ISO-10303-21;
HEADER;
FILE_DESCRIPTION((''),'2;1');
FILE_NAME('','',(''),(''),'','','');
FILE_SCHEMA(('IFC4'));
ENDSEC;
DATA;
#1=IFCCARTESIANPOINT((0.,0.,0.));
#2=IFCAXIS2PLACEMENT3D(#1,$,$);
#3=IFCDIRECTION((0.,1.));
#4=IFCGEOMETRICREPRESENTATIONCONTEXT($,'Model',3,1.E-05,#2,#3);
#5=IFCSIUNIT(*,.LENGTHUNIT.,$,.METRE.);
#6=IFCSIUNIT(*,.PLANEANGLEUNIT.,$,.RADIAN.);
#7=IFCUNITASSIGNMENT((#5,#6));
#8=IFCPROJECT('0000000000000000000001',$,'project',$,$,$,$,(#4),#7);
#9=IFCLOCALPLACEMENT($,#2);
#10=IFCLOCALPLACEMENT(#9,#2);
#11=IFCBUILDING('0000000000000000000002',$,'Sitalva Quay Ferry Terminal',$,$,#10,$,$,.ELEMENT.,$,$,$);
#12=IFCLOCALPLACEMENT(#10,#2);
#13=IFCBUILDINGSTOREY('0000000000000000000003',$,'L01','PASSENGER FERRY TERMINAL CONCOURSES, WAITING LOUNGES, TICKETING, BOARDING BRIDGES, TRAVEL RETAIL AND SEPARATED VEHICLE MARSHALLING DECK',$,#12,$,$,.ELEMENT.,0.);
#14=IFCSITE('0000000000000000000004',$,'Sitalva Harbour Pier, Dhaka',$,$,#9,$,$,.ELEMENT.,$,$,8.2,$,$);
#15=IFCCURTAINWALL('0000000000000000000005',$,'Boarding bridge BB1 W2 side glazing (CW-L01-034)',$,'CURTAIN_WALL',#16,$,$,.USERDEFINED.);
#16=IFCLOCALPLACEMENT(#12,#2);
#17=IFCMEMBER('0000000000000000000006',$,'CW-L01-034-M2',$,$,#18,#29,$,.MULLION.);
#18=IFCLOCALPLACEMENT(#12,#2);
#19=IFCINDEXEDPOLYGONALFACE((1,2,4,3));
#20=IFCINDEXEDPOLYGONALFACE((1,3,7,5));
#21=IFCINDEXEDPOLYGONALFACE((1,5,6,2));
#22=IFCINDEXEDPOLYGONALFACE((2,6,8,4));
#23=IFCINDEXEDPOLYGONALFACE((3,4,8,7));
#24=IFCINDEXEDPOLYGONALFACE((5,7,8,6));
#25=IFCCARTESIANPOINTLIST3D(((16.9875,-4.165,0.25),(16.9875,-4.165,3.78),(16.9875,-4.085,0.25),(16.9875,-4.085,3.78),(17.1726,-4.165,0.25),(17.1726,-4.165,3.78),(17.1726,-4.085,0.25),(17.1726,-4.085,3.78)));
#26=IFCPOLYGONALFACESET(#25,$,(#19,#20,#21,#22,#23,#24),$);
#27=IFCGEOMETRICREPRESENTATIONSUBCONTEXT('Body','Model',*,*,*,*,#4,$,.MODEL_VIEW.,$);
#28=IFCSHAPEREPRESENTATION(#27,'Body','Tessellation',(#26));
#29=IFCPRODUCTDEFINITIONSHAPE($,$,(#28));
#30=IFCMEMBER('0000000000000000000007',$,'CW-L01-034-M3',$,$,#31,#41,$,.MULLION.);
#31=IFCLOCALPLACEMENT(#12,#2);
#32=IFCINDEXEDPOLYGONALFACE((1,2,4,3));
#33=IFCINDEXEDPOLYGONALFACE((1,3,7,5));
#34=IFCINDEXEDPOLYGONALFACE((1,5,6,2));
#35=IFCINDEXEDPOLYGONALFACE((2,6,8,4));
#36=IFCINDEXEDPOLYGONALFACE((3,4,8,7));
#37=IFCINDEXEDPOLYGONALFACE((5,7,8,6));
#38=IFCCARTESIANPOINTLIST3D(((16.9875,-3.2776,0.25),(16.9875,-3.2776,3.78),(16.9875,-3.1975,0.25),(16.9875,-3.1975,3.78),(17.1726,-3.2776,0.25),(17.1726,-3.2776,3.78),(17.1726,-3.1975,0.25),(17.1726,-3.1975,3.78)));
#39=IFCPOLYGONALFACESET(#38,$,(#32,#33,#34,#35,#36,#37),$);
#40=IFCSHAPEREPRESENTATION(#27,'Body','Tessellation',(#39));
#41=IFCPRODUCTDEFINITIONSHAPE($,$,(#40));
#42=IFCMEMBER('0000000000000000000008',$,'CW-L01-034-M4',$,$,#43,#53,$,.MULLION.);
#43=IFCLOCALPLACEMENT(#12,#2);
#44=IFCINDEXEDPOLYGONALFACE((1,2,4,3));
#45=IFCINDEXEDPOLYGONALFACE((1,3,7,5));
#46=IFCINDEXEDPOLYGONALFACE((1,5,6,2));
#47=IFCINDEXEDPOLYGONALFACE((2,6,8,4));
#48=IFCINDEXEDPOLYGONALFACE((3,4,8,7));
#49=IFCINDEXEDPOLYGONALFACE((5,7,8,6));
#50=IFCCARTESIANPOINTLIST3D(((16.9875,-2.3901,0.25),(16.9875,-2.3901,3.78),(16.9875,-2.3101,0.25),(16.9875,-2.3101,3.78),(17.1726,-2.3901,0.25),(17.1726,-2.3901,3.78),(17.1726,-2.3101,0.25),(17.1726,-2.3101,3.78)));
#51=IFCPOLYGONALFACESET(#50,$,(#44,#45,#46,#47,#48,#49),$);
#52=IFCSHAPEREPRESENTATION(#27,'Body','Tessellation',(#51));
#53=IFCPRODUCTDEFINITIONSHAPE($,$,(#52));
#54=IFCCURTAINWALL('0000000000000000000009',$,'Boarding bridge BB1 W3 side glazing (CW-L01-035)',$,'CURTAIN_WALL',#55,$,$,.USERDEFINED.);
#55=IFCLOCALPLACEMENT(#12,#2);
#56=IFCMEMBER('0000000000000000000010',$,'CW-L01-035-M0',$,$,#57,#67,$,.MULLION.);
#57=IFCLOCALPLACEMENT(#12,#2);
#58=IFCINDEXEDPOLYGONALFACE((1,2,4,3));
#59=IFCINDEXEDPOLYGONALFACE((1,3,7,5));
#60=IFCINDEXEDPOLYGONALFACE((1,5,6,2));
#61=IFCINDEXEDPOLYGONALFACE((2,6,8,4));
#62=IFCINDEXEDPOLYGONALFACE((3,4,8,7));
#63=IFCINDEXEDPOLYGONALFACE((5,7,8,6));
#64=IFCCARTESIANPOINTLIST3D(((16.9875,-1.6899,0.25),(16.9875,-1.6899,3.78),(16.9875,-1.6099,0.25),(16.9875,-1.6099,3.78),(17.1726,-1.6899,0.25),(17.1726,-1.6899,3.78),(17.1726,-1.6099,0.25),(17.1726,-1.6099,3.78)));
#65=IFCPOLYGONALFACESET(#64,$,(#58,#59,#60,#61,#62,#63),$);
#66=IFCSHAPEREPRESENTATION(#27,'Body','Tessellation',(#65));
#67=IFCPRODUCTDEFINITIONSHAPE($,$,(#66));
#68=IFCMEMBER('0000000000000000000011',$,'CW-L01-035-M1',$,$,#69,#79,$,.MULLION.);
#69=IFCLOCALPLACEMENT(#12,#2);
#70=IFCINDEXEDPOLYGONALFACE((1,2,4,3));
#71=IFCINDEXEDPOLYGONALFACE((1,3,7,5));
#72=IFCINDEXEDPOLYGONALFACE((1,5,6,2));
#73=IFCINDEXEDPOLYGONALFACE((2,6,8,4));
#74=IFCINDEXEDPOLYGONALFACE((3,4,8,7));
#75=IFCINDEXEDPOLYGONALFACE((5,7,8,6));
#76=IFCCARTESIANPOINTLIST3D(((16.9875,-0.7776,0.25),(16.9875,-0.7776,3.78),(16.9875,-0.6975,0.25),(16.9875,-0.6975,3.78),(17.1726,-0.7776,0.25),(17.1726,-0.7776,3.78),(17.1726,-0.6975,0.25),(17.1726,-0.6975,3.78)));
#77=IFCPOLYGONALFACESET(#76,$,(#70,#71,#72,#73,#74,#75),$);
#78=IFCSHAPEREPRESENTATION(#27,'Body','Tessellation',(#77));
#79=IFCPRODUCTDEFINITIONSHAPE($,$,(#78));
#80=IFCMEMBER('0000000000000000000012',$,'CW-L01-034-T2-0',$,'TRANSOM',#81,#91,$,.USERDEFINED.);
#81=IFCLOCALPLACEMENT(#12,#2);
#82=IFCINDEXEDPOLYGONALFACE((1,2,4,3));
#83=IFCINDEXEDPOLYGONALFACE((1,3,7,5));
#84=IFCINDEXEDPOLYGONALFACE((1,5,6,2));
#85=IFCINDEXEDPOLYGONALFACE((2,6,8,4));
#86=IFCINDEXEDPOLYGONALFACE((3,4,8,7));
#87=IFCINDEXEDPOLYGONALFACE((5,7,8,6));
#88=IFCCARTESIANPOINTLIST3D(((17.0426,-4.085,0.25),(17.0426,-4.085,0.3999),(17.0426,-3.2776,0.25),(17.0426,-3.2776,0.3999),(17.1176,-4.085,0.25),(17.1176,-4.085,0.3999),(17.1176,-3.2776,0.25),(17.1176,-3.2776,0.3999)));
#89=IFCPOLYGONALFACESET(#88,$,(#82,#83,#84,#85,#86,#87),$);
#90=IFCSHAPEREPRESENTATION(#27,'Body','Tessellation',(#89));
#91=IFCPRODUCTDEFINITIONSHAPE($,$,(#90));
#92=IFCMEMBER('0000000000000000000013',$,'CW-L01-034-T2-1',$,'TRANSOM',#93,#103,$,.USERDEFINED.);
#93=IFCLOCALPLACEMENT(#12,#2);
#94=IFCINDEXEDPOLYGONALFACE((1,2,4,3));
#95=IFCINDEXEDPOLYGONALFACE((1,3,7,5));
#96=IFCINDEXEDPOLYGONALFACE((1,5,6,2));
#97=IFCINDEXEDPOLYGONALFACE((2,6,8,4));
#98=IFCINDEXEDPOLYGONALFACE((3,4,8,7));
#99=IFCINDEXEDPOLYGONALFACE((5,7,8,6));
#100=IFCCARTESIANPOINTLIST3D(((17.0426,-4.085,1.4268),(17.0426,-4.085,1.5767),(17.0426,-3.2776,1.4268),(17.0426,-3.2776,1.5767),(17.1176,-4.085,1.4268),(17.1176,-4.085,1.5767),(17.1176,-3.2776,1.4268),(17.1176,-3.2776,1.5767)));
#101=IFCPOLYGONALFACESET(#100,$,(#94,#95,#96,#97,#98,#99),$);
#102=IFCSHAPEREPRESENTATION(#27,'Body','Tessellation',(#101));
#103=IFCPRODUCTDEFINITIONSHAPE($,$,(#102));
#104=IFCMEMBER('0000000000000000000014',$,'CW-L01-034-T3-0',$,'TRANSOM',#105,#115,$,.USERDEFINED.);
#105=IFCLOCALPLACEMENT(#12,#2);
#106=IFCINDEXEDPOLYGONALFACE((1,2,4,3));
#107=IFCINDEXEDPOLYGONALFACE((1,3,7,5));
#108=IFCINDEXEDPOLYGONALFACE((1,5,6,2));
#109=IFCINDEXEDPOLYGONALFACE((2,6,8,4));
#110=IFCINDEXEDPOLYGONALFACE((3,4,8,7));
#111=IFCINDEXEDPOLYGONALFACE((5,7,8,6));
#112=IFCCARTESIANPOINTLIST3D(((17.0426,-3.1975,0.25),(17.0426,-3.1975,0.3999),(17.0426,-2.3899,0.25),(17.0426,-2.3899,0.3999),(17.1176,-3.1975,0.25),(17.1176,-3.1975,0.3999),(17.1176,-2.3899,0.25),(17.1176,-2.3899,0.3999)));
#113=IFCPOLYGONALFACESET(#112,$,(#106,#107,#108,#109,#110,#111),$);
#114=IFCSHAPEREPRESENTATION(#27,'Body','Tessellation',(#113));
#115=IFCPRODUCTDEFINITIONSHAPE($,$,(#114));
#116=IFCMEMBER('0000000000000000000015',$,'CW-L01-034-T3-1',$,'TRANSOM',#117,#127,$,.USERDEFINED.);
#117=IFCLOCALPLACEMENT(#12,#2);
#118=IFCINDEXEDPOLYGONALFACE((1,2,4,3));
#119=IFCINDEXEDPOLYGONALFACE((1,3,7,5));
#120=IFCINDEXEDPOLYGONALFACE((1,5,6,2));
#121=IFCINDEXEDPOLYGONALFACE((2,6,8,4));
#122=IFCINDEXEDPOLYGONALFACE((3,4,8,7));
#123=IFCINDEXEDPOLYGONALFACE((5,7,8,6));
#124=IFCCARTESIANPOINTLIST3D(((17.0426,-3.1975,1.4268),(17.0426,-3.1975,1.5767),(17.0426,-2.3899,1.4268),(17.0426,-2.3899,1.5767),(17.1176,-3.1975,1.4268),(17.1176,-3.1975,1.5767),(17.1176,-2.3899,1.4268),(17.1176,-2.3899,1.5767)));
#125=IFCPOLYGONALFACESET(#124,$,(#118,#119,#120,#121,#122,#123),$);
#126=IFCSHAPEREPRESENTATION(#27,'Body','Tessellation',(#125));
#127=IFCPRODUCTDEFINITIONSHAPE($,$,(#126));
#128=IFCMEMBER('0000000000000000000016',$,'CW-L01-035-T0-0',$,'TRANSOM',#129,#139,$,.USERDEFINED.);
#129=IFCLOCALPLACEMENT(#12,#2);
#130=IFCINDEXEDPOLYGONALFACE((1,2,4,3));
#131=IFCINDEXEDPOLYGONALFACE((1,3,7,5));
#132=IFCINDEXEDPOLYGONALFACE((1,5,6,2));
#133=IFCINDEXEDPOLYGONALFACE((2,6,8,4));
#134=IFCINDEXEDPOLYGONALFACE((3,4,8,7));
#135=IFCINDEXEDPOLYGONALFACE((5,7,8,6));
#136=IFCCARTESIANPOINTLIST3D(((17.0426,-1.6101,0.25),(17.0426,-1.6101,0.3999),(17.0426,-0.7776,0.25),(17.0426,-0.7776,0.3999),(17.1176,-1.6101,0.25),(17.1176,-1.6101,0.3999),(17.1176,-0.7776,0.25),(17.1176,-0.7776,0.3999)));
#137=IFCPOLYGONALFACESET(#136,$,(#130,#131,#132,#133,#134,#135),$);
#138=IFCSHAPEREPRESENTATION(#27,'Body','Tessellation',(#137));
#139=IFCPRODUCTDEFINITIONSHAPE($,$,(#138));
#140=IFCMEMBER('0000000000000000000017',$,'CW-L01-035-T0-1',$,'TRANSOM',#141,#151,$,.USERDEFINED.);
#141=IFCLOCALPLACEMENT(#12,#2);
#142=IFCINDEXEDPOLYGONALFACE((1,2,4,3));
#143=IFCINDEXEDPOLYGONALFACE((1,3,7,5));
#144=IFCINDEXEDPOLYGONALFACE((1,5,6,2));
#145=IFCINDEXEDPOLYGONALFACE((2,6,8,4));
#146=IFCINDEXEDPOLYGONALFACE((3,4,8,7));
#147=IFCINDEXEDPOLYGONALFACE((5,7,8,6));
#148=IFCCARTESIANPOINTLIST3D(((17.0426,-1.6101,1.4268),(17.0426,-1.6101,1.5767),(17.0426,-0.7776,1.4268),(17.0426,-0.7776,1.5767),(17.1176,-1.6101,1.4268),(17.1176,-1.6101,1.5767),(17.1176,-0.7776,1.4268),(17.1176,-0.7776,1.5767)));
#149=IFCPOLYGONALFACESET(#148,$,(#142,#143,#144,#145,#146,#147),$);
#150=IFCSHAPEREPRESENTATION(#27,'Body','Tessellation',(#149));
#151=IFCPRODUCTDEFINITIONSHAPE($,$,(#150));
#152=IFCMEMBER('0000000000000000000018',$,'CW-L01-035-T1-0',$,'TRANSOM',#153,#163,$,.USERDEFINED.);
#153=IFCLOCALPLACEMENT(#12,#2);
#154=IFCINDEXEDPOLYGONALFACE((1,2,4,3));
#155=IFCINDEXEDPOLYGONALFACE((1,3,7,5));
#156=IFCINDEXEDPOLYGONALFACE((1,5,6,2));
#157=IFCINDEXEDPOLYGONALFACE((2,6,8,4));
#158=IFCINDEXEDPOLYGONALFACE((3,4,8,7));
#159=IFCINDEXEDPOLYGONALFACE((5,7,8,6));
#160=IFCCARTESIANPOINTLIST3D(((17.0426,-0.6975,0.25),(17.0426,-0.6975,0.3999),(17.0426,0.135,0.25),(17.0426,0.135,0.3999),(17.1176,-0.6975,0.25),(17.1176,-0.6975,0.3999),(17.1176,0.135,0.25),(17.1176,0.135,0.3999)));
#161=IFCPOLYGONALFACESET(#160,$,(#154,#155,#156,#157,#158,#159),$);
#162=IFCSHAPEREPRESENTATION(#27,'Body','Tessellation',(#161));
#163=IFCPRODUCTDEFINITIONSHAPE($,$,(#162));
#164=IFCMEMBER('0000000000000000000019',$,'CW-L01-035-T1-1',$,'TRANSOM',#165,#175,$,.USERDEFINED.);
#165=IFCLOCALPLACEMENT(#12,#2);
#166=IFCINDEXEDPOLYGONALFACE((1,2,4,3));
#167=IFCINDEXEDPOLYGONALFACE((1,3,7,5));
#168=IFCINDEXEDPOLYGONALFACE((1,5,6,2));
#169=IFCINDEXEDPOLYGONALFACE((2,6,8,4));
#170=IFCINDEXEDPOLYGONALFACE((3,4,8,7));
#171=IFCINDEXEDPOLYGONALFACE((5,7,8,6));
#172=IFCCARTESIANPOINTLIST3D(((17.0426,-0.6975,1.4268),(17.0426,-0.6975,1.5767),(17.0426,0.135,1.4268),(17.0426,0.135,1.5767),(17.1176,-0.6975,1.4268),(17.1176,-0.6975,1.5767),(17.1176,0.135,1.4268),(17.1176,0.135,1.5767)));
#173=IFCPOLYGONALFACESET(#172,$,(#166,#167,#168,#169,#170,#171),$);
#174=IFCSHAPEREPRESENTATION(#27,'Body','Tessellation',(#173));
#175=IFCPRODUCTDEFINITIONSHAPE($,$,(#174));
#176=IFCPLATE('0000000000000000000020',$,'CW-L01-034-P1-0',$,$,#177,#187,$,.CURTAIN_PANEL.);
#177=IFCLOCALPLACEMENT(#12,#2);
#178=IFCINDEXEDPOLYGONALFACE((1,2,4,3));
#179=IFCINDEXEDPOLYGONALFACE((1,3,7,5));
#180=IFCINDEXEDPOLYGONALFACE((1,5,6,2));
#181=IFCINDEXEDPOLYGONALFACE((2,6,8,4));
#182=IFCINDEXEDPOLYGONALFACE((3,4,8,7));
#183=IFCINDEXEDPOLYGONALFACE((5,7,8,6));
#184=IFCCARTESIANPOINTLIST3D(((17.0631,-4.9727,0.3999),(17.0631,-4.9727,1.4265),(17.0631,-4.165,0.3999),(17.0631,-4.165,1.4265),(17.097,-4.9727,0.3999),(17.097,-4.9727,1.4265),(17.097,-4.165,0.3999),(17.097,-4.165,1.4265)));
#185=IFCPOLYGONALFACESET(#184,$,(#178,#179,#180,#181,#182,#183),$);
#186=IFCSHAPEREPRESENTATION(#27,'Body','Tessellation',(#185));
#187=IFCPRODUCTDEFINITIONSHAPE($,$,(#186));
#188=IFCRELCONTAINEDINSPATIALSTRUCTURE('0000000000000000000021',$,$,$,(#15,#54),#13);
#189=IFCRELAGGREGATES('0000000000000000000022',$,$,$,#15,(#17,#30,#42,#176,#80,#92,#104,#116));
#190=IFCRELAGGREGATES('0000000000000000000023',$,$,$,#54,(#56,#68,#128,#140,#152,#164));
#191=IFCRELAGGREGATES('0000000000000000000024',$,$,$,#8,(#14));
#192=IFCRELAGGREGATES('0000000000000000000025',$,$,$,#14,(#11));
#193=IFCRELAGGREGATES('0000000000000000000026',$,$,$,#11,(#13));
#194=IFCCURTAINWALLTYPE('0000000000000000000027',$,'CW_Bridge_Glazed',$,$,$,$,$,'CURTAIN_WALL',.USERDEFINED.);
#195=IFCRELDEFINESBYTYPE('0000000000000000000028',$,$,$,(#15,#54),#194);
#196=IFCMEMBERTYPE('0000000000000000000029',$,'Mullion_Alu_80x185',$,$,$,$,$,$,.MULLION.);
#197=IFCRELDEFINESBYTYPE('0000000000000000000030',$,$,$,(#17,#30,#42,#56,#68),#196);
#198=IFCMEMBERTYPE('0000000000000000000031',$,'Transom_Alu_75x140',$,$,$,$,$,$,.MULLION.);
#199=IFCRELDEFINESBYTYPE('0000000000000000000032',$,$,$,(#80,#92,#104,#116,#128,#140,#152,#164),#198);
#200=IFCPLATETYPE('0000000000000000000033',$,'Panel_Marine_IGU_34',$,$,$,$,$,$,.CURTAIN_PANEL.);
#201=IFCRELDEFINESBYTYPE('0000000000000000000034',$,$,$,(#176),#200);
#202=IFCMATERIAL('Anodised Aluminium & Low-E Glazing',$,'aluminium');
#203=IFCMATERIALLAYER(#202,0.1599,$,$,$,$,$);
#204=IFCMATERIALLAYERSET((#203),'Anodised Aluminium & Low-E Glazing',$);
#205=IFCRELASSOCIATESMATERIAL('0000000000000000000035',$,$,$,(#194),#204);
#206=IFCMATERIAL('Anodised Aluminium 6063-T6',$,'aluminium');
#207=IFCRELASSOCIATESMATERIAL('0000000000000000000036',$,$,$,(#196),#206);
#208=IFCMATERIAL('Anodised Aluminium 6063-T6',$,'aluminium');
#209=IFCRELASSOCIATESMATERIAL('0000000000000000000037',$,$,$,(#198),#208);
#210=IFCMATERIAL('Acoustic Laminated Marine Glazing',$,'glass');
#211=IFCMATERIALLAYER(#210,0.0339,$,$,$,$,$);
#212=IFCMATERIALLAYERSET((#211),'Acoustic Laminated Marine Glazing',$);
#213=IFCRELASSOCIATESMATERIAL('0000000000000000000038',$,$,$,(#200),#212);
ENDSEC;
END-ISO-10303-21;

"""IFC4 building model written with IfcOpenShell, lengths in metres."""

from ifc_helpers import new_model, si_unit, direction, frame, origin, origin_2d, place, context, subcontext, project, spatial, rectangle, extrude, material, layer, layer_set, material_profile, profile_set, type_object, element, aggregate, save


model = new_model("IFC4")

# Units and contexts
model_context = context("Model", 3, precision=1e-05, world=origin(), true_north=direction((0.0, 1.0)))
body_context = subcontext(model_context, "Body", "Model", "MODEL_VIEW")
ifc_project = project(units=[si_unit("LENGTHUNIT", "METRE"), si_unit("PLANEANGLEUNIT", "RADIAN")], contexts=[model_context])

# Site, building, storey
site_placement = place(None, origin())
site = spatial("IfcSite", under=ifc_project, at=site_placement, Name="Sitalva Harbour Pier, Dhaka", CompositionType="ELEMENT", RefElevation=8.2)
building_placement = place(site_placement, origin())
building = spatial("IfcBuilding", under=site, at=building_placement, Name="Sitalva Quay Ferry Terminal", CompositionType="ELEMENT")
storey_placement = place(building_placement, origin())
storey = spatial("IfcBuildingStorey", under=building, at=storey_placement, Name="L01", Description="PASSENGER FERRY TERMINAL CONCOURSES, WAITING LOUNGES, TICKETING, BOARDING BRIDGES, TRAVEL RETAIL AND SEPARATED VEHICLE MARSHALLING DECK", CompositionType="ELEMENT", Elevation=0.0)

# Curtain walls, members
ifc_material_1 = material(Name="Anodised Aluminium & Low-E Glazing", Category="aluminium")
ifc_layer_1 = layer(ifc_material_1, 0.1599)
ifc_layer_set_1 = layer_set([ifc_layer_1], Name="Anodised Aluminium & Low-E Glazing")
curtain_wall_type = type_object("IfcCurtainWallType", Name="CW_Bridge_Glazed", ElementType="CURTAIN_WALL", PredefinedType="USERDEFINED", material=ifc_layer_set_1)
curtain_wall_1_placement = place(storey_placement, origin())
curtain_wall_1 = element("IfcCurtainWall", 1, at=curtain_wall_1_placement, inside=storey, type_object=curtain_wall_type, Name="Boarding bridge BB1 W2 side glazing (CW-L01-034)", ObjectType="CURTAIN_WALL", PredefinedType="USERDEFINED")
ifc_material_2 = material(Name="Anodised Aluminium 6063-T6", Category="aluminium")
ifc_material_profile_1 = material_profile(ifc_material_2, rectangle(XDim=0.0801, YDim=0.1851, at=origin_2d()), Name="ALU80x185")
ifc_profile_set_1 = profile_set([ifc_material_profile_1], Name="Anodised Aluminium 6063-T6")
member_type_1 = type_object("IfcMemberType", Name="Mullion_Alu_80x185", PredefinedType="MULLION", material=ifc_profile_set_1)
member_1_placement = place(storey_placement, frame((17.0801, -4.125, 0.25), z_axis=(0.0, 0.0, 1.0), x_axis=(0.0, 1.0, 0.0)))
member_1 = element("IfcMember", 2, at=member_1_placement, type_object=member_type_1, Name="CW-L01-034-M2", PredefinedType="MULLION", context=body_context, shape_type="SweptSolid", body=[
    extrude(rectangle(XDim=0.0801, YDim=0.1851, at=origin_2d()), origin(), (0.0, 0.0, 1.0), 3.53),
])
member_2_placement = place(storey_placement, frame((17.0801, -3.2375, 0.25), z_axis=(0.0, 0.0, 1.0), x_axis=(0.0, 1.0, 0.0)))
member_2 = element("IfcMember", 3, at=member_2_placement, type_object=member_type_1, Name="CW-L01-034-M3", PredefinedType="MULLION", context=body_context, shape_type="SweptSolid", body=[
    extrude(rectangle(XDim=0.0801, YDim=0.1851, at=origin_2d()), origin(), (0.0, 0.0, 1.0), 3.53),
])
member_3_placement = place(storey_placement, frame((17.0801, -2.3501, 0.25), z_axis=(0.0, 0.0, 1.0), x_axis=(0.0, 1.0, 0.0)))
member_3 = element("IfcMember", 4, at=member_3_placement, type_object=member_type_1, Name="CW-L01-034-M4", PredefinedType="MULLION", context=body_context, shape_type="SweptSolid", body=[
    extrude(rectangle(XDim=0.0801, YDim=0.1851, at=origin_2d()), origin(), (0.0, 0.0, 1.0), 3.53),
])
curtain_wall_2_placement = place(storey_placement, origin())
curtain_wall_2 = element("IfcCurtainWall", 5, at=curtain_wall_2_placement, inside=storey, type_object=curtain_wall_type, Name="Boarding bridge BB1 W3 side glazing (CW-L01-035)", ObjectType="CURTAIN_WALL", PredefinedType="USERDEFINED")
member_4_placement = place(storey_placement, frame((17.0801, -1.6499, 0.25), z_axis=(0.0, 0.0, 1.0), x_axis=(0.0, 1.0, 0.0)))
member_4 = element("IfcMember", 6, at=member_4_placement, type_object=member_type_1, Name="CW-L01-035-M0", PredefinedType="MULLION", context=body_context, shape_type="SweptSolid", body=[
    extrude(rectangle(XDim=0.0801, YDim=0.1851, at=origin_2d()), origin(), (0.0, 0.0, 1.0), 3.53),
])
member_5_placement = place(storey_placement, frame((17.0801, -0.7375, 0.25), z_axis=(0.0, 0.0, 1.0), x_axis=(0.0, 1.0, 0.0)))
member_5 = element("IfcMember", 7, at=member_5_placement, type_object=member_type_1, Name="CW-L01-035-M1", PredefinedType="MULLION", context=body_context, shape_type="SweptSolid", body=[
    extrude(rectangle(XDim=0.0801, YDim=0.1851, at=origin_2d()), origin(), (0.0, 0.0, 1.0), 3.53),
])

# Members
ifc_material_3 = material(Name="Anodised Aluminium 6063-T6", Category="aluminium")
ifc_material_profile_2 = material_profile(ifc_material_3, rectangle(XDim=0.075, YDim=0.1499, at=origin_2d()), Name="ALU75x150")
ifc_profile_set_2 = profile_set([ifc_material_profile_2], Name="Anodised Aluminium 6063-T6")
member_type_2 = type_object("IfcMemberType", Name="Transom_Alu_75x140", PredefinedType="MULLION", material=ifc_profile_set_2)
member_6_placement = place(storey_placement, frame((17.0801, -4.085, 0.325), z_axis=(0.0, 1.0, 0.0), x_axis=(-1.0, 0.0, 0.0)))
member_6 = element("IfcMember", 8, at=member_6_placement, type_object=member_type_2, Name="CW-L01-034-T2-0", ObjectType="TRANSOM", PredefinedType="USERDEFINED", context=body_context, shape_type="SweptSolid", body=[
    extrude(rectangle(XDim=0.075, YDim=0.1499, at=origin_2d()), origin(), (0.0, 0.0, 1.0), 0.8074),
])
member_7_placement = place(storey_placement, frame((17.0801, -4.085, 1.5017), z_axis=(0.0, 1.0, 0.0), x_axis=(-1.0, 0.0, 0.0)))
member_7 = element("IfcMember", 9, at=member_7_placement, type_object=member_type_2, Name="CW-L01-034-T2-1", ObjectType="TRANSOM", PredefinedType="USERDEFINED", context=body_context, shape_type="SweptSolid", body=[
    extrude(rectangle(XDim=0.075, YDim=0.1499, at=origin_2d()), origin(), (0.0, 0.0, 1.0), 0.8074),
])
member_8_placement = place(storey_placement, frame((17.0801, -3.1975, 0.325), z_axis=(0.0, 1.0, 0.0), x_axis=(-1.0, 0.0, 0.0)))
member_8 = element("IfcMember", 10, at=member_8_placement, type_object=member_type_2, Name="CW-L01-034-T3-0", ObjectType="TRANSOM", PredefinedType="USERDEFINED", context=body_context, shape_type="SweptSolid", body=[
    extrude(rectangle(XDim=0.075, YDim=0.1499, at=origin_2d()), origin(), (0.0, 0.0, 1.0), 0.8076),
])
member_9_placement = place(storey_placement, frame((17.0801, -3.1975, 1.5017), z_axis=(0.0, 1.0, 0.0), x_axis=(-1.0, 0.0, 0.0)))
member_9 = element("IfcMember", 11, at=member_9_placement, type_object=member_type_2, Name="CW-L01-034-T3-1", ObjectType="TRANSOM", PredefinedType="USERDEFINED", context=body_context, shape_type="SweptSolid", body=[
    extrude(rectangle(XDim=0.075, YDim=0.1499, at=origin_2d()), origin(), (0.0, 0.0, 1.0), 0.8076),
])
member_10_placement = place(storey_placement, frame((17.0801, -1.6101, 0.325), z_axis=(0.0, 1.0, 0.0), x_axis=(-1.0, 0.0, 0.0)))
member_10 = element("IfcMember", 12, at=member_10_placement, type_object=member_type_2, Name="CW-L01-035-T0-0", ObjectType="TRANSOM", PredefinedType="USERDEFINED", context=body_context, shape_type="SweptSolid", body=[
    extrude(rectangle(XDim=0.075, YDim=0.1499, at=origin_2d()), origin(), (0.0, 0.0, 1.0), 0.8325),
])
member_11_placement = place(storey_placement, frame((17.0801, -1.6101, 1.5017), z_axis=(0.0, 1.0, 0.0), x_axis=(-1.0, 0.0, 0.0)))
member_11 = element("IfcMember", 13, at=member_11_placement, type_object=member_type_2, Name="CW-L01-035-T0-1", ObjectType="TRANSOM", PredefinedType="USERDEFINED", context=body_context, shape_type="SweptSolid", body=[
    extrude(rectangle(XDim=0.075, YDim=0.1499, at=origin_2d()), origin(), (0.0, 0.0, 1.0), 0.8325),
])
member_12_placement = place(storey_placement, frame((17.0801, -0.6975, 0.325), z_axis=(0.0, 1.0, 0.0), x_axis=(-1.0, 0.0, 0.0)))
member_12 = element("IfcMember", 14, at=member_12_placement, type_object=member_type_2, Name="CW-L01-035-T1-0", ObjectType="TRANSOM", PredefinedType="USERDEFINED", context=body_context, shape_type="SweptSolid", body=[
    extrude(rectangle(XDim=0.075, YDim=0.1499, at=origin_2d()), origin(), (0.0, 0.0, 1.0), 0.8325),
])
member_13_placement = place(storey_placement, frame((17.0801, -0.6975, 1.5017), z_axis=(0.0, 1.0, 0.0), x_axis=(-1.0, 0.0, 0.0)))
member_13 = element("IfcMember", 15, at=member_13_placement, type_object=member_type_2, Name="CW-L01-035-T1-1", ObjectType="TRANSOM", PredefinedType="USERDEFINED", context=body_context, shape_type="SweptSolid", body=[
    extrude(rectangle(XDim=0.075, YDim=0.1499, at=origin_2d()), origin(), (0.0, 0.0, 1.0), 0.8325),
])

# Plate
ifc_material_4 = material(Name="Acoustic Laminated Marine Glazing", Category="glass")
ifc_layer_2 = layer(ifc_material_4, 0.0339)
ifc_layer_set_2 = layer_set([ifc_layer_2], Name="Acoustic Laminated Marine Glazing")
plate_type = type_object("IfcPlateType", Name="Panel_Marine_IGU_34", PredefinedType="CURTAIN_PANEL", material=ifc_layer_set_2)
plate_1_placement = place(storey_placement, frame((17.0801, -4.5688, 0.3999), z_axis=(0.0, 0.0, 1.0), x_axis=(0.0, 1.0, 0.0)))
plate_1 = element("IfcPlate", 16, at=plate_1_placement, type_object=plate_type, Name="CW-L01-034-P1-0", PredefinedType="CURTAIN_PANEL", context=body_context, shape_type="SweptSolid", body=[
    extrude(rectangle(XDim=0.8076, YDim=0.0339, at=origin_2d()), origin(), (0.0, 0.0, 1.0), 1.0266),
])
aggregate(curtain_wall_1, [member_1, member_2, member_3, plate_1, member_6, member_7, member_8, member_9])
aggregate(curtain_wall_2, [member_4, member_5, member_10, member_11, member_12, member_13])

save(model, "model.ifc")
